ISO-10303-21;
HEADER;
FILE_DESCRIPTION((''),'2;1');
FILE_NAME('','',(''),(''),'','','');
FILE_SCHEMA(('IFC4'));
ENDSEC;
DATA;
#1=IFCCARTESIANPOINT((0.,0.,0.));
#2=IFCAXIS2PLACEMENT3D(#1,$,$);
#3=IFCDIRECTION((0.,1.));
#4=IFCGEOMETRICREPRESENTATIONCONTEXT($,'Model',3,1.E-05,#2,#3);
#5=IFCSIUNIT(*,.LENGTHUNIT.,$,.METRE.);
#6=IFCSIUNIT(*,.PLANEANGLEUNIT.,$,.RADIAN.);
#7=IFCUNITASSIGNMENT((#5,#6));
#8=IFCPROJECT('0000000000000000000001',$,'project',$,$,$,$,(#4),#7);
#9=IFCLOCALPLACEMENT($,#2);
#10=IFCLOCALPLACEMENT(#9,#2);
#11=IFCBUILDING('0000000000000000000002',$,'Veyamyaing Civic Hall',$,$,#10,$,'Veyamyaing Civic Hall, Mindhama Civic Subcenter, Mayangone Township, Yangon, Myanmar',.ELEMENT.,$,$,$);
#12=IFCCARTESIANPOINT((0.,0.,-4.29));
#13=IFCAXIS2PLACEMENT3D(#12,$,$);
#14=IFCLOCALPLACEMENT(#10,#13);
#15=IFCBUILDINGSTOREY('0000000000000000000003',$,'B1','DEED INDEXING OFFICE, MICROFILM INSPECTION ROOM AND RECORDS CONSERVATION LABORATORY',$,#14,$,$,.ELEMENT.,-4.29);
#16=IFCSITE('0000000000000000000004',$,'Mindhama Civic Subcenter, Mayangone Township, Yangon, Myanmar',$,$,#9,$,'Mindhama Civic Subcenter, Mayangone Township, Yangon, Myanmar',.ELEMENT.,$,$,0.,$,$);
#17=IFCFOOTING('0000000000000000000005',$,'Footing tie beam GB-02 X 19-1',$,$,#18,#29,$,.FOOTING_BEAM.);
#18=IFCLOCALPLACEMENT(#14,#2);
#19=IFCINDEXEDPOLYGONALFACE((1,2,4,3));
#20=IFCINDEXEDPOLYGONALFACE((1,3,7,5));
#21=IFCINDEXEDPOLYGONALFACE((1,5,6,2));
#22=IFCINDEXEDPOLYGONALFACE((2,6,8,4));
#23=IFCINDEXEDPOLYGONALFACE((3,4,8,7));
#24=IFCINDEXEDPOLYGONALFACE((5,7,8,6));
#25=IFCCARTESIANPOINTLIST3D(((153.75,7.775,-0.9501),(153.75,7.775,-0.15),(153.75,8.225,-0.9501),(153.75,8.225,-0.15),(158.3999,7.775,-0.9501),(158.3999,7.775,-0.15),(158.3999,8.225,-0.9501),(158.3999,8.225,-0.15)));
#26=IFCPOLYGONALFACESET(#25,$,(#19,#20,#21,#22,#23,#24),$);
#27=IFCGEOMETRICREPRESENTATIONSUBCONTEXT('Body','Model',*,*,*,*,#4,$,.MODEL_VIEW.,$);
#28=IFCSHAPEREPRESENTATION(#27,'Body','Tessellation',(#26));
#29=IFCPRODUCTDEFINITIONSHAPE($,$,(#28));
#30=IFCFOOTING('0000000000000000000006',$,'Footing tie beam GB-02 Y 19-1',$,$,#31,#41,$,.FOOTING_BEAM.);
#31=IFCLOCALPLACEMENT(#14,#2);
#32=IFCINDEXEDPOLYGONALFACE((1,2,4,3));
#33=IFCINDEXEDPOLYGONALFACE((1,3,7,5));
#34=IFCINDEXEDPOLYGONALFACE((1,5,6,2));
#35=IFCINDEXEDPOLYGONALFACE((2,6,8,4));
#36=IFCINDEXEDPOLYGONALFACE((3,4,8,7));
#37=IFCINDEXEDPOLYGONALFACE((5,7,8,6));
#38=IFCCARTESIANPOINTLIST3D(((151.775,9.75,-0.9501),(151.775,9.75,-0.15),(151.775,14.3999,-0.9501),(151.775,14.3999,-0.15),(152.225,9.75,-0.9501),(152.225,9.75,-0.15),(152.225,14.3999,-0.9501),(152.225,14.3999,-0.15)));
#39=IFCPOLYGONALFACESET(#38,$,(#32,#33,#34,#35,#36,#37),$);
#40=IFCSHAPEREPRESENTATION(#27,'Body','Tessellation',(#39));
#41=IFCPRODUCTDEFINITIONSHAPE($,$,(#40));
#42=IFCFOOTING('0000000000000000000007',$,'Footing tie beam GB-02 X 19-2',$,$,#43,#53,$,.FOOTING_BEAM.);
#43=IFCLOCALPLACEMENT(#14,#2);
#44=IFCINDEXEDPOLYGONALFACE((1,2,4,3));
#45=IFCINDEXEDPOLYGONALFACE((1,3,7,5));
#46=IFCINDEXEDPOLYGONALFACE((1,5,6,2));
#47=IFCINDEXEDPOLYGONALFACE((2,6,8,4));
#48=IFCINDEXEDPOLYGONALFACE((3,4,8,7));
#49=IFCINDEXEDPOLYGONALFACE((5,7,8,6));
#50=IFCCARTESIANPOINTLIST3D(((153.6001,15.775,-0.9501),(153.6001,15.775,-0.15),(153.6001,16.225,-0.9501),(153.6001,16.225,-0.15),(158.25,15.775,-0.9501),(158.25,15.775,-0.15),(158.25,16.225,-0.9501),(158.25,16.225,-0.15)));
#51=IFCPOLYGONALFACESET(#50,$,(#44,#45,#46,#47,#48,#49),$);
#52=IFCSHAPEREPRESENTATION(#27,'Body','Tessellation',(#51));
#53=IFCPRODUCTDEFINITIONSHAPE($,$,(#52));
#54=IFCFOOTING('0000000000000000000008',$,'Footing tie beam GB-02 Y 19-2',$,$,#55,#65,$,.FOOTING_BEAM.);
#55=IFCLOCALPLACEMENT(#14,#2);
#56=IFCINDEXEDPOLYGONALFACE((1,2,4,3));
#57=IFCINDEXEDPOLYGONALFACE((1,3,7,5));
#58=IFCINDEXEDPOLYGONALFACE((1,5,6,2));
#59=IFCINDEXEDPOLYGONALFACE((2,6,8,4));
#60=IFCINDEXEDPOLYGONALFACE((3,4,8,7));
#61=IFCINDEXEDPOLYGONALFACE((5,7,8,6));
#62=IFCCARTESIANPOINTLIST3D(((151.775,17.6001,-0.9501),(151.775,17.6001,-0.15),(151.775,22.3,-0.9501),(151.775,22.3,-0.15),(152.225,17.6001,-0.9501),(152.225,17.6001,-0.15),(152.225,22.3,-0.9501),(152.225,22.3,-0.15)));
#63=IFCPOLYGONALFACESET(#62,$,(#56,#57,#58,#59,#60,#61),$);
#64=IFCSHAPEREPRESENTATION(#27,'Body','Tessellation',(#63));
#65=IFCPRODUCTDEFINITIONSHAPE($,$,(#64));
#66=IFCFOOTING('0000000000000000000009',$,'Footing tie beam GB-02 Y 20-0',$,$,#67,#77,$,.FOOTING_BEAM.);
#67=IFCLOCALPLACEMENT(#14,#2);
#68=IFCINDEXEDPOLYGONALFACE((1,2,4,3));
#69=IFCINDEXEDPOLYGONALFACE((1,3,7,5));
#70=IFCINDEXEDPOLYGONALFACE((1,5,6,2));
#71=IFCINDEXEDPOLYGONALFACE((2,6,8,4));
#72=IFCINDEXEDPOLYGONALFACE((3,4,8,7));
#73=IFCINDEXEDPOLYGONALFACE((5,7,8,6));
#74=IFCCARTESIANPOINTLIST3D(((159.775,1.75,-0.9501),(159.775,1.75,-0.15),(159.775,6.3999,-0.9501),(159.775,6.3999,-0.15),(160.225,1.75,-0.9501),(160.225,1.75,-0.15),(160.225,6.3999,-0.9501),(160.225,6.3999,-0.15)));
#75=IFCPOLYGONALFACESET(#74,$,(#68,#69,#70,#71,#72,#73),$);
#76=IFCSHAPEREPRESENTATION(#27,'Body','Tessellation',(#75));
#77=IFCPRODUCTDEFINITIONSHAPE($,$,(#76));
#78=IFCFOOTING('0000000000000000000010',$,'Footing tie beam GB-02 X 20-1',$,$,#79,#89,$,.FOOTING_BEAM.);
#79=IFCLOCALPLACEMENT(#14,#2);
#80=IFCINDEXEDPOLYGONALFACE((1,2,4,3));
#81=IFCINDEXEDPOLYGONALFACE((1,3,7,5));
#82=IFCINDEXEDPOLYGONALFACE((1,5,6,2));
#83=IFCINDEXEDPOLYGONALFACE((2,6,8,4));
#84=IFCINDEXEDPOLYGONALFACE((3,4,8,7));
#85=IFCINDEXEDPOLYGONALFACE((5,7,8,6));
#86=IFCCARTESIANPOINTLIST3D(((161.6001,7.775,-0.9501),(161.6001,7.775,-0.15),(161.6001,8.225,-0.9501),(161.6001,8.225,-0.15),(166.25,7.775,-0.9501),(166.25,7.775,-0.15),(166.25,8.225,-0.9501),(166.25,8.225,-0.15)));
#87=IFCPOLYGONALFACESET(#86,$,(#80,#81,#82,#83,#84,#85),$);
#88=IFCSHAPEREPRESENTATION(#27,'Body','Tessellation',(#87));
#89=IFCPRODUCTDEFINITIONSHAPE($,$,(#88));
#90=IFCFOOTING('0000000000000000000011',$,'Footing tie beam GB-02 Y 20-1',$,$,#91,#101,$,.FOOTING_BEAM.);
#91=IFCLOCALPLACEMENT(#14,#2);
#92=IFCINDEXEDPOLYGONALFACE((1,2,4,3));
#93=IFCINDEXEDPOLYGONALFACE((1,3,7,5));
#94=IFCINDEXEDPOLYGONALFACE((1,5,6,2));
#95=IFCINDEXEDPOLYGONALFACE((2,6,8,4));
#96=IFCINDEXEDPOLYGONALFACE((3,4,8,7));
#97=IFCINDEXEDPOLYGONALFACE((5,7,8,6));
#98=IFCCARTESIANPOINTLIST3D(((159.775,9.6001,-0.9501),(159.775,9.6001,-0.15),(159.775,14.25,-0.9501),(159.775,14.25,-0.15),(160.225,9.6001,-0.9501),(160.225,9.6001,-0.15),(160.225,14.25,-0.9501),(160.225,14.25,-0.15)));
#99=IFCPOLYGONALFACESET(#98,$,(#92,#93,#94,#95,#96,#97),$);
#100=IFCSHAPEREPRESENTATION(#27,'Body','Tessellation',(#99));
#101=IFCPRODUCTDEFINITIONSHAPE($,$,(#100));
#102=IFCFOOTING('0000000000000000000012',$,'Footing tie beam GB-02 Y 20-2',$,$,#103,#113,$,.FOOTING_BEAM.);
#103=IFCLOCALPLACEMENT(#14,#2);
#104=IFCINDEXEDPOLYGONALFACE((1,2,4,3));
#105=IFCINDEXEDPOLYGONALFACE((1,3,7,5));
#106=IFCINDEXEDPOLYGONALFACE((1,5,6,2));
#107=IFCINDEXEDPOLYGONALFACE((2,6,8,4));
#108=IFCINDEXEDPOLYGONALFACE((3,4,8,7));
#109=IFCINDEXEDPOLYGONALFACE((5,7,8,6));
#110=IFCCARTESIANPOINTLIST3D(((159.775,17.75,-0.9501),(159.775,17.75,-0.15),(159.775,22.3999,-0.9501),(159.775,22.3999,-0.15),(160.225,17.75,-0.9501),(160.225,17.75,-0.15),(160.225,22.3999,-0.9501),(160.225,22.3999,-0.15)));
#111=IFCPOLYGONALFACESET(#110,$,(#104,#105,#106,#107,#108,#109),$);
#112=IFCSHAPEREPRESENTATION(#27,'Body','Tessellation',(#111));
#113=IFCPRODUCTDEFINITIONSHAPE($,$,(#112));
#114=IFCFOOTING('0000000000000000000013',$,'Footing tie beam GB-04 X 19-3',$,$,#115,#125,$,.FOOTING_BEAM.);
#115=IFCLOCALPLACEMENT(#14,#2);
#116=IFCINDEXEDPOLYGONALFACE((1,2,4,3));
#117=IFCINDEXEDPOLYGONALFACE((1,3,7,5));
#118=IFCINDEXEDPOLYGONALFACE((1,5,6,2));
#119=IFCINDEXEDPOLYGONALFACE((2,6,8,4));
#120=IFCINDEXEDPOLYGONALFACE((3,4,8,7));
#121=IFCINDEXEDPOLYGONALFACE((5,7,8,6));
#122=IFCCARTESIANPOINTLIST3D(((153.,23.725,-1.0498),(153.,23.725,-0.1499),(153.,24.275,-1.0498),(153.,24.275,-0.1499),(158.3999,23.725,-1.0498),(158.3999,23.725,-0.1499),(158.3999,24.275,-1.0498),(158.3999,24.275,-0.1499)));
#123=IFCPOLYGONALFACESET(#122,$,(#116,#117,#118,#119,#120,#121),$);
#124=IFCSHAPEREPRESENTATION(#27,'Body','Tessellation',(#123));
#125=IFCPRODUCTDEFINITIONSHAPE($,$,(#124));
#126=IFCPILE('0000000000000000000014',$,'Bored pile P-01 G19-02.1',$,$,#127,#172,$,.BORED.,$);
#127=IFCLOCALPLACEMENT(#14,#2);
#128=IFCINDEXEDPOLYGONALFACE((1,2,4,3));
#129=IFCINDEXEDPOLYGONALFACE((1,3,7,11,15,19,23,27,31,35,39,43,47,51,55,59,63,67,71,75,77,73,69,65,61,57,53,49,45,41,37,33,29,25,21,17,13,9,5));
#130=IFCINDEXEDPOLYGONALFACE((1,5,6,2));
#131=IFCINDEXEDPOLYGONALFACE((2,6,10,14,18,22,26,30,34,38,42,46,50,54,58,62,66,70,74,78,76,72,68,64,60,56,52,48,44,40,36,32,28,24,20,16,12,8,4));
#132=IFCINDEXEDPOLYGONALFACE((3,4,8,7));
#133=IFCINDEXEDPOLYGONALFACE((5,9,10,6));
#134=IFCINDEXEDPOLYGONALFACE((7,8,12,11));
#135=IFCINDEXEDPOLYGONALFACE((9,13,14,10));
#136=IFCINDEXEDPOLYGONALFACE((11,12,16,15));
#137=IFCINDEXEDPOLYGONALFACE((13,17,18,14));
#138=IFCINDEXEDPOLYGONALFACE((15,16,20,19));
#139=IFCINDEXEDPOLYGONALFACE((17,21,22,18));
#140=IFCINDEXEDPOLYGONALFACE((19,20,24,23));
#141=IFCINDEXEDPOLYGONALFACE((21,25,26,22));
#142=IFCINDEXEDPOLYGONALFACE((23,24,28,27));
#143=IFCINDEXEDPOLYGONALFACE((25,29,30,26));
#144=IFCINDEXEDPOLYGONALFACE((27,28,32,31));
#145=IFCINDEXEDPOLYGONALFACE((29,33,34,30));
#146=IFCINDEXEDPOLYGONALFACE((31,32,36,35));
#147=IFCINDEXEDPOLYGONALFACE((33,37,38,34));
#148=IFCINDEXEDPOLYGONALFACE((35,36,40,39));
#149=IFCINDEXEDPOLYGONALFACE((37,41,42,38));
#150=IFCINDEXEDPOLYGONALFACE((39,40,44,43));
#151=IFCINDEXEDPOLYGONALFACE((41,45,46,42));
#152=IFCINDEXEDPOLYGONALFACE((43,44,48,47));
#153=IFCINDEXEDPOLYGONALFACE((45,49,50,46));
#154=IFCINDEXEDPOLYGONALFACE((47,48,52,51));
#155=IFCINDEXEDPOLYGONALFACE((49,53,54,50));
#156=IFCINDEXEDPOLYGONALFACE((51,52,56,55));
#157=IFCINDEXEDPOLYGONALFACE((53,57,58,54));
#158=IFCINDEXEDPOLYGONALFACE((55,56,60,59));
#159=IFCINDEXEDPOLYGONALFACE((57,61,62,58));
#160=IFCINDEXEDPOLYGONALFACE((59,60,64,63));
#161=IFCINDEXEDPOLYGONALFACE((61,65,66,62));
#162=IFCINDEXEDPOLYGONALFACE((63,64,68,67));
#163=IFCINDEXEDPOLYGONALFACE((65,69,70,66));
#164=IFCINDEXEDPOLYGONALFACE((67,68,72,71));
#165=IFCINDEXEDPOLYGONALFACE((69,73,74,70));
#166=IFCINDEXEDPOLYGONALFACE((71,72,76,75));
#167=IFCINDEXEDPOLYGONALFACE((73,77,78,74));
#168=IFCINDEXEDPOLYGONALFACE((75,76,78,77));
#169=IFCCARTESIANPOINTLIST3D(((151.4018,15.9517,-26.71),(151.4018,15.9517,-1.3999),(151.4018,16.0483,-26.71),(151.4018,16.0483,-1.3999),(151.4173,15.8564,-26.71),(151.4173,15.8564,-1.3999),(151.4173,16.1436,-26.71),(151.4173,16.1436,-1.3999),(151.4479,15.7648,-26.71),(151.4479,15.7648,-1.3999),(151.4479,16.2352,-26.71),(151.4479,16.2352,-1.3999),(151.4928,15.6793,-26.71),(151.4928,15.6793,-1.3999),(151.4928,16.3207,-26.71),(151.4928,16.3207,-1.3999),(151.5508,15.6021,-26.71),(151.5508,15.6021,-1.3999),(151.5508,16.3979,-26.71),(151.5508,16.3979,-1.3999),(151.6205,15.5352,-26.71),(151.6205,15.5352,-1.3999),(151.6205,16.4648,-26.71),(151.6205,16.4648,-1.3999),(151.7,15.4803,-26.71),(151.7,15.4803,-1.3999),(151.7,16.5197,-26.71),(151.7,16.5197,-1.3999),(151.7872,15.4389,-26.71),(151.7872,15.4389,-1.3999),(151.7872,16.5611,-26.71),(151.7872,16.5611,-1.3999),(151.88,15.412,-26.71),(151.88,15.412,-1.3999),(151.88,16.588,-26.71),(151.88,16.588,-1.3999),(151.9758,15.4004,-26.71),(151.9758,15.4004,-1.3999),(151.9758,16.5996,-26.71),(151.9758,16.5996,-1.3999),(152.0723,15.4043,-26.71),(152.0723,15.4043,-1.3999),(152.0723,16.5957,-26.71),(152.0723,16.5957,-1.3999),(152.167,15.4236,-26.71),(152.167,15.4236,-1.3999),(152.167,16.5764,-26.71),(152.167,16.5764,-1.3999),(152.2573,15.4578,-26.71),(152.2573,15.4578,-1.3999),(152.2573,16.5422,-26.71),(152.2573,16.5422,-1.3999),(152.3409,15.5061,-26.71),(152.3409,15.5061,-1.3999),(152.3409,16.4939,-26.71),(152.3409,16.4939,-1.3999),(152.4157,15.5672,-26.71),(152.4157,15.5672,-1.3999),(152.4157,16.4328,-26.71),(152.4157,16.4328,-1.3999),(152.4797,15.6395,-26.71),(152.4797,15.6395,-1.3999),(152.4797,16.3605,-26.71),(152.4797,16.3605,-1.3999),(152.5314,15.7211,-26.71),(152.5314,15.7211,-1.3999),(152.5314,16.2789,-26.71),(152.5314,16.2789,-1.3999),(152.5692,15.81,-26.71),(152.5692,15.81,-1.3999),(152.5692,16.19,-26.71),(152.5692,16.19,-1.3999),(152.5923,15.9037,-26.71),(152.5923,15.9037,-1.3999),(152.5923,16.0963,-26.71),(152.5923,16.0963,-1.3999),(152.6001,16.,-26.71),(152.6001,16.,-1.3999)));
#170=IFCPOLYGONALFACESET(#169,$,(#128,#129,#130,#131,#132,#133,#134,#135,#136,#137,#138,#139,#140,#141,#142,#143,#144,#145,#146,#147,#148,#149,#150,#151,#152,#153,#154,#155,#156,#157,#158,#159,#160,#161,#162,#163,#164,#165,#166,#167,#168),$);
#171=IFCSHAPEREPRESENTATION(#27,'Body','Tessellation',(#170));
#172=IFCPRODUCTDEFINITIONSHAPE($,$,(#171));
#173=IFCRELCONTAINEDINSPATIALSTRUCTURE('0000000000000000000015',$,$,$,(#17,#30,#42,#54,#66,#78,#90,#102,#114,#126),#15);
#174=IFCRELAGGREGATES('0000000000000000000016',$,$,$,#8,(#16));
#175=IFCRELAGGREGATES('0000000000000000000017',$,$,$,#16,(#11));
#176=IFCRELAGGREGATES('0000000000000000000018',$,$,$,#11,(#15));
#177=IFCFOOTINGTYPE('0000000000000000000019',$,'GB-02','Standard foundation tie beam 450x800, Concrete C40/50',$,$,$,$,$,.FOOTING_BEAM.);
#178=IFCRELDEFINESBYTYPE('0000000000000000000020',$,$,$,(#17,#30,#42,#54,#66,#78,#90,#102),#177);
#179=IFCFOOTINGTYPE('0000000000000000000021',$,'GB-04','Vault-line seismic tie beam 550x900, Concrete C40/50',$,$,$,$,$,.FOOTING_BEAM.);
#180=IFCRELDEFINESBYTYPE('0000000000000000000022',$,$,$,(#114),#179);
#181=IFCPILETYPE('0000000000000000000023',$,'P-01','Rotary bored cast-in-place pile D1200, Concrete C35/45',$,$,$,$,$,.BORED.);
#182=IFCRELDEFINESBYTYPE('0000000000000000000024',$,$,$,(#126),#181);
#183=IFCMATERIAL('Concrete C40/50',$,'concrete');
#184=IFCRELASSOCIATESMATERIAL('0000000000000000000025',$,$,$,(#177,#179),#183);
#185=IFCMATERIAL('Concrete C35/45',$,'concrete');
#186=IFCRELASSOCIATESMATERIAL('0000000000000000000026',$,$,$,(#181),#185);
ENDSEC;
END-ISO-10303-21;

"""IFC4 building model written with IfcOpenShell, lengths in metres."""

from ifc_helpers import new_model, si_unit, direction, frame, origin, origin_2d, place, context, subcontext, project, spatial, rectangle, circle, extrude, material, material_profile, profile_set, type_object, element, save


model = new_model("IFC4")

# Units and contexts
model_context = context("Model", 3, precision=1e-05, world=origin(), true_north=direction((0.0, 1.0)))
body_context = subcontext(model_context, "Body", "Model", "MODEL_VIEW")
ifc_project = project(units=[si_unit("LENGTHUNIT", "METRE"), si_unit("PLANEANGLEUNIT", "RADIAN")], contexts=[model_context])

# Site, building, storey
site_placement = place(None, origin())
site = spatial("IfcSite", under=ifc_project, at=site_placement, Name="Mindhama Civic Subcenter, Mayangone Township, Yangon, Myanmar", LongName="Mindhama Civic Subcenter, Mayangone Township, Yangon, Myanmar", CompositionType="ELEMENT", RefElevation=0.0)
building_placement = place(site_placement, origin())
building = spatial("IfcBuilding", under=site, at=building_placement, Name="Veyamyaing Civic Hall", LongName="Veyamyaing Civic Hall, Mindhama Civic Subcenter, Mayangone Township, Yangon, Myanmar", CompositionType="ELEMENT")
storey_placement = place(building_placement, frame((0.0, 0.0, -4.29)))
storey = spatial("IfcBuildingStorey", under=building, at=storey_placement, Name="B1", Description="DEED INDEXING OFFICE, MICROFILM INSPECTION ROOM AND RECORDS CONSERVATION LABORATORY", CompositionType="ELEMENT", Elevation=-4.29)

# Footings
ifc_material_1 = material(Name="Concrete C40/50", Category="concrete")
ifc_material_profile_1 = material_profile(ifc_material_1, rectangle(XDim=0.45, YDim=0.8, at=origin_2d()), Name="GB-450X800")
ifc_profile_set_1 = profile_set([ifc_material_profile_1], Name="Concrete C40/50")
footing_type_1 = type_object("IfcFootingType", Name="GB-02", Description="Standard foundation tie beam 450x800, Concrete C40/50", PredefinedType="FOOTING_BEAM", material=ifc_profile_set_1)
for number, where, z_axis, x_axis, name in (
    (1, (153.75, 8.0, -0.55), (1.0, 0.0, 0.0), (0.0, 1.0, 0.0), "Footing tie beam GB-02 X 19-1"),
    (2, (152.0, 9.75, -0.55), (0.0, 1.0, 0.0), (-1.0, 0.0, 0.0), "Footing tie beam GB-02 Y 19-1"),
    (3, (153.6001, 16.0, -0.55), (1.0, 0.0, 0.0), (0.0, 1.0, 0.0), "Footing tie beam GB-02 X 19-2"),
):
    element("IfcFooting", number, at=place(storey_placement, frame(where, z_axis=z_axis, x_axis=x_axis)), inside=storey, type_object=footing_type_1, Name=name, PredefinedType="FOOTING_BEAM", context=body_context, shape_type="SweptSolid", body=[
        extrude(rectangle(XDim=0.45, YDim=0.8, at=origin_2d()), origin(), (0.0, 0.0, 1.0), 4.6499),
    ])
footing_1_placement = place(storey_placement, frame((152.0, 17.6001, -0.55), z_axis=(0.0, 1.0, 0.0), x_axis=(-1.0, 0.0, 0.0)))
element("IfcFooting", 4, at=footing_1_placement, inside=storey, type_object=footing_type_1, Name="Footing tie beam GB-02 Y 19-2", PredefinedType="FOOTING_BEAM", context=body_context, shape_type="SweptSolid", body=[
    extrude(rectangle(XDim=0.45, YDim=0.8, at=origin_2d()), origin(), (0.0, 0.0, 1.0), 4.7),
])
for number, where, z_axis, x_axis, name in (
    (5, (160.0, 1.75, -0.55), (0.0, 1.0, 0.0), (-1.0, 0.0, 0.0), "Footing tie beam GB-02 Y 20-0"),
    (6, (161.6001, 8.0, -0.55), (1.0, 0.0, 0.0), (0.0, 1.0, 0.0), "Footing tie beam GB-02 X 20-1"),
    (7, (160.0, 9.6001, -0.55), (0.0, 1.0, 0.0), (-1.0, 0.0, 0.0), "Footing tie beam GB-02 Y 20-1"),
    (8, (160.0, 17.75, -0.55), (0.0, 1.0, 0.0), (-1.0, 0.0, 0.0), "Footing tie beam GB-02 Y 20-2"),
):
    element("IfcFooting", number, at=place(storey_placement, frame(where, z_axis=z_axis, x_axis=x_axis)), inside=storey, type_object=footing_type_1, Name=name, PredefinedType="FOOTING_BEAM", context=body_context, shape_type="SweptSolid", body=[
        extrude(rectangle(XDim=0.45, YDim=0.8, at=origin_2d()), origin(), (0.0, 0.0, 1.0), 4.6499),
    ])
ifc_material_profile_2 = material_profile(ifc_material_1, rectangle(XDim=0.55, YDim=0.8999, at=origin_2d()), Name="GB-550X900")
ifc_profile_set_2 = profile_set([ifc_material_profile_2], Name="Concrete C40/50")
footing_type_2 = type_object("IfcFootingType", Name="GB-04", Description="Vault-line seismic tie beam 550x900, Concrete C40/50", PredefinedType="FOOTING_BEAM", material=ifc_profile_set_2)
footing_2_placement = place(storey_placement, frame((153.0, 24.0, -0.5999), z_axis=(1.0, 0.0, 0.0), x_axis=(0.0, 1.0, 0.0)))
element("IfcFooting", 9, at=footing_2_placement, inside=storey, type_object=footing_type_2, Name="Footing tie beam GB-04 X 19-3", PredefinedType="FOOTING_BEAM", context=body_context, shape_type="SweptSolid", body=[
    extrude(rectangle(XDim=0.55, YDim=0.8999, at=origin_2d()), origin(), (0.0, 0.0, 1.0), 5.3999),
])

# Pile
ifc_material_2 = material(Name="Concrete C35/45", Category="concrete")
ifc_material_profile_3 = material_profile(ifc_material_2, circle(Radius=0.6001, at=origin_2d()), Name="PILE-D1200")
ifc_profile_set_3 = profile_set([ifc_material_profile_3], Name="Concrete C35/45")
pile_type_1 = type_object("IfcPileType", Name="P-01", Description="Rotary bored cast-in-place pile D1200, Concrete C35/45", PredefinedType="BORED", material=ifc_profile_set_3)
for number, where, z_axis, x_axis, name in (
    (10, (152.0, 16.0, -1.3999), (0.0, 0.0, -1.0), (1.0, 0.0, 0.0), "Bored pile P-01 G19-02.1"),
):
    element("IfcPile", number, at=place(storey_placement, frame(where, z_axis=z_axis, x_axis=x_axis)), inside=storey, type_object=pile_type_1, Name=name, PredefinedType="BORED", context=body_context, shape_type="SweptSolid", body=[
        extrude(circle(Radius=0.6001, at=origin_2d()), origin(), (0.0, 0.0, 1.0), 25.3101),
    ])

save(model, "model.ifc")
